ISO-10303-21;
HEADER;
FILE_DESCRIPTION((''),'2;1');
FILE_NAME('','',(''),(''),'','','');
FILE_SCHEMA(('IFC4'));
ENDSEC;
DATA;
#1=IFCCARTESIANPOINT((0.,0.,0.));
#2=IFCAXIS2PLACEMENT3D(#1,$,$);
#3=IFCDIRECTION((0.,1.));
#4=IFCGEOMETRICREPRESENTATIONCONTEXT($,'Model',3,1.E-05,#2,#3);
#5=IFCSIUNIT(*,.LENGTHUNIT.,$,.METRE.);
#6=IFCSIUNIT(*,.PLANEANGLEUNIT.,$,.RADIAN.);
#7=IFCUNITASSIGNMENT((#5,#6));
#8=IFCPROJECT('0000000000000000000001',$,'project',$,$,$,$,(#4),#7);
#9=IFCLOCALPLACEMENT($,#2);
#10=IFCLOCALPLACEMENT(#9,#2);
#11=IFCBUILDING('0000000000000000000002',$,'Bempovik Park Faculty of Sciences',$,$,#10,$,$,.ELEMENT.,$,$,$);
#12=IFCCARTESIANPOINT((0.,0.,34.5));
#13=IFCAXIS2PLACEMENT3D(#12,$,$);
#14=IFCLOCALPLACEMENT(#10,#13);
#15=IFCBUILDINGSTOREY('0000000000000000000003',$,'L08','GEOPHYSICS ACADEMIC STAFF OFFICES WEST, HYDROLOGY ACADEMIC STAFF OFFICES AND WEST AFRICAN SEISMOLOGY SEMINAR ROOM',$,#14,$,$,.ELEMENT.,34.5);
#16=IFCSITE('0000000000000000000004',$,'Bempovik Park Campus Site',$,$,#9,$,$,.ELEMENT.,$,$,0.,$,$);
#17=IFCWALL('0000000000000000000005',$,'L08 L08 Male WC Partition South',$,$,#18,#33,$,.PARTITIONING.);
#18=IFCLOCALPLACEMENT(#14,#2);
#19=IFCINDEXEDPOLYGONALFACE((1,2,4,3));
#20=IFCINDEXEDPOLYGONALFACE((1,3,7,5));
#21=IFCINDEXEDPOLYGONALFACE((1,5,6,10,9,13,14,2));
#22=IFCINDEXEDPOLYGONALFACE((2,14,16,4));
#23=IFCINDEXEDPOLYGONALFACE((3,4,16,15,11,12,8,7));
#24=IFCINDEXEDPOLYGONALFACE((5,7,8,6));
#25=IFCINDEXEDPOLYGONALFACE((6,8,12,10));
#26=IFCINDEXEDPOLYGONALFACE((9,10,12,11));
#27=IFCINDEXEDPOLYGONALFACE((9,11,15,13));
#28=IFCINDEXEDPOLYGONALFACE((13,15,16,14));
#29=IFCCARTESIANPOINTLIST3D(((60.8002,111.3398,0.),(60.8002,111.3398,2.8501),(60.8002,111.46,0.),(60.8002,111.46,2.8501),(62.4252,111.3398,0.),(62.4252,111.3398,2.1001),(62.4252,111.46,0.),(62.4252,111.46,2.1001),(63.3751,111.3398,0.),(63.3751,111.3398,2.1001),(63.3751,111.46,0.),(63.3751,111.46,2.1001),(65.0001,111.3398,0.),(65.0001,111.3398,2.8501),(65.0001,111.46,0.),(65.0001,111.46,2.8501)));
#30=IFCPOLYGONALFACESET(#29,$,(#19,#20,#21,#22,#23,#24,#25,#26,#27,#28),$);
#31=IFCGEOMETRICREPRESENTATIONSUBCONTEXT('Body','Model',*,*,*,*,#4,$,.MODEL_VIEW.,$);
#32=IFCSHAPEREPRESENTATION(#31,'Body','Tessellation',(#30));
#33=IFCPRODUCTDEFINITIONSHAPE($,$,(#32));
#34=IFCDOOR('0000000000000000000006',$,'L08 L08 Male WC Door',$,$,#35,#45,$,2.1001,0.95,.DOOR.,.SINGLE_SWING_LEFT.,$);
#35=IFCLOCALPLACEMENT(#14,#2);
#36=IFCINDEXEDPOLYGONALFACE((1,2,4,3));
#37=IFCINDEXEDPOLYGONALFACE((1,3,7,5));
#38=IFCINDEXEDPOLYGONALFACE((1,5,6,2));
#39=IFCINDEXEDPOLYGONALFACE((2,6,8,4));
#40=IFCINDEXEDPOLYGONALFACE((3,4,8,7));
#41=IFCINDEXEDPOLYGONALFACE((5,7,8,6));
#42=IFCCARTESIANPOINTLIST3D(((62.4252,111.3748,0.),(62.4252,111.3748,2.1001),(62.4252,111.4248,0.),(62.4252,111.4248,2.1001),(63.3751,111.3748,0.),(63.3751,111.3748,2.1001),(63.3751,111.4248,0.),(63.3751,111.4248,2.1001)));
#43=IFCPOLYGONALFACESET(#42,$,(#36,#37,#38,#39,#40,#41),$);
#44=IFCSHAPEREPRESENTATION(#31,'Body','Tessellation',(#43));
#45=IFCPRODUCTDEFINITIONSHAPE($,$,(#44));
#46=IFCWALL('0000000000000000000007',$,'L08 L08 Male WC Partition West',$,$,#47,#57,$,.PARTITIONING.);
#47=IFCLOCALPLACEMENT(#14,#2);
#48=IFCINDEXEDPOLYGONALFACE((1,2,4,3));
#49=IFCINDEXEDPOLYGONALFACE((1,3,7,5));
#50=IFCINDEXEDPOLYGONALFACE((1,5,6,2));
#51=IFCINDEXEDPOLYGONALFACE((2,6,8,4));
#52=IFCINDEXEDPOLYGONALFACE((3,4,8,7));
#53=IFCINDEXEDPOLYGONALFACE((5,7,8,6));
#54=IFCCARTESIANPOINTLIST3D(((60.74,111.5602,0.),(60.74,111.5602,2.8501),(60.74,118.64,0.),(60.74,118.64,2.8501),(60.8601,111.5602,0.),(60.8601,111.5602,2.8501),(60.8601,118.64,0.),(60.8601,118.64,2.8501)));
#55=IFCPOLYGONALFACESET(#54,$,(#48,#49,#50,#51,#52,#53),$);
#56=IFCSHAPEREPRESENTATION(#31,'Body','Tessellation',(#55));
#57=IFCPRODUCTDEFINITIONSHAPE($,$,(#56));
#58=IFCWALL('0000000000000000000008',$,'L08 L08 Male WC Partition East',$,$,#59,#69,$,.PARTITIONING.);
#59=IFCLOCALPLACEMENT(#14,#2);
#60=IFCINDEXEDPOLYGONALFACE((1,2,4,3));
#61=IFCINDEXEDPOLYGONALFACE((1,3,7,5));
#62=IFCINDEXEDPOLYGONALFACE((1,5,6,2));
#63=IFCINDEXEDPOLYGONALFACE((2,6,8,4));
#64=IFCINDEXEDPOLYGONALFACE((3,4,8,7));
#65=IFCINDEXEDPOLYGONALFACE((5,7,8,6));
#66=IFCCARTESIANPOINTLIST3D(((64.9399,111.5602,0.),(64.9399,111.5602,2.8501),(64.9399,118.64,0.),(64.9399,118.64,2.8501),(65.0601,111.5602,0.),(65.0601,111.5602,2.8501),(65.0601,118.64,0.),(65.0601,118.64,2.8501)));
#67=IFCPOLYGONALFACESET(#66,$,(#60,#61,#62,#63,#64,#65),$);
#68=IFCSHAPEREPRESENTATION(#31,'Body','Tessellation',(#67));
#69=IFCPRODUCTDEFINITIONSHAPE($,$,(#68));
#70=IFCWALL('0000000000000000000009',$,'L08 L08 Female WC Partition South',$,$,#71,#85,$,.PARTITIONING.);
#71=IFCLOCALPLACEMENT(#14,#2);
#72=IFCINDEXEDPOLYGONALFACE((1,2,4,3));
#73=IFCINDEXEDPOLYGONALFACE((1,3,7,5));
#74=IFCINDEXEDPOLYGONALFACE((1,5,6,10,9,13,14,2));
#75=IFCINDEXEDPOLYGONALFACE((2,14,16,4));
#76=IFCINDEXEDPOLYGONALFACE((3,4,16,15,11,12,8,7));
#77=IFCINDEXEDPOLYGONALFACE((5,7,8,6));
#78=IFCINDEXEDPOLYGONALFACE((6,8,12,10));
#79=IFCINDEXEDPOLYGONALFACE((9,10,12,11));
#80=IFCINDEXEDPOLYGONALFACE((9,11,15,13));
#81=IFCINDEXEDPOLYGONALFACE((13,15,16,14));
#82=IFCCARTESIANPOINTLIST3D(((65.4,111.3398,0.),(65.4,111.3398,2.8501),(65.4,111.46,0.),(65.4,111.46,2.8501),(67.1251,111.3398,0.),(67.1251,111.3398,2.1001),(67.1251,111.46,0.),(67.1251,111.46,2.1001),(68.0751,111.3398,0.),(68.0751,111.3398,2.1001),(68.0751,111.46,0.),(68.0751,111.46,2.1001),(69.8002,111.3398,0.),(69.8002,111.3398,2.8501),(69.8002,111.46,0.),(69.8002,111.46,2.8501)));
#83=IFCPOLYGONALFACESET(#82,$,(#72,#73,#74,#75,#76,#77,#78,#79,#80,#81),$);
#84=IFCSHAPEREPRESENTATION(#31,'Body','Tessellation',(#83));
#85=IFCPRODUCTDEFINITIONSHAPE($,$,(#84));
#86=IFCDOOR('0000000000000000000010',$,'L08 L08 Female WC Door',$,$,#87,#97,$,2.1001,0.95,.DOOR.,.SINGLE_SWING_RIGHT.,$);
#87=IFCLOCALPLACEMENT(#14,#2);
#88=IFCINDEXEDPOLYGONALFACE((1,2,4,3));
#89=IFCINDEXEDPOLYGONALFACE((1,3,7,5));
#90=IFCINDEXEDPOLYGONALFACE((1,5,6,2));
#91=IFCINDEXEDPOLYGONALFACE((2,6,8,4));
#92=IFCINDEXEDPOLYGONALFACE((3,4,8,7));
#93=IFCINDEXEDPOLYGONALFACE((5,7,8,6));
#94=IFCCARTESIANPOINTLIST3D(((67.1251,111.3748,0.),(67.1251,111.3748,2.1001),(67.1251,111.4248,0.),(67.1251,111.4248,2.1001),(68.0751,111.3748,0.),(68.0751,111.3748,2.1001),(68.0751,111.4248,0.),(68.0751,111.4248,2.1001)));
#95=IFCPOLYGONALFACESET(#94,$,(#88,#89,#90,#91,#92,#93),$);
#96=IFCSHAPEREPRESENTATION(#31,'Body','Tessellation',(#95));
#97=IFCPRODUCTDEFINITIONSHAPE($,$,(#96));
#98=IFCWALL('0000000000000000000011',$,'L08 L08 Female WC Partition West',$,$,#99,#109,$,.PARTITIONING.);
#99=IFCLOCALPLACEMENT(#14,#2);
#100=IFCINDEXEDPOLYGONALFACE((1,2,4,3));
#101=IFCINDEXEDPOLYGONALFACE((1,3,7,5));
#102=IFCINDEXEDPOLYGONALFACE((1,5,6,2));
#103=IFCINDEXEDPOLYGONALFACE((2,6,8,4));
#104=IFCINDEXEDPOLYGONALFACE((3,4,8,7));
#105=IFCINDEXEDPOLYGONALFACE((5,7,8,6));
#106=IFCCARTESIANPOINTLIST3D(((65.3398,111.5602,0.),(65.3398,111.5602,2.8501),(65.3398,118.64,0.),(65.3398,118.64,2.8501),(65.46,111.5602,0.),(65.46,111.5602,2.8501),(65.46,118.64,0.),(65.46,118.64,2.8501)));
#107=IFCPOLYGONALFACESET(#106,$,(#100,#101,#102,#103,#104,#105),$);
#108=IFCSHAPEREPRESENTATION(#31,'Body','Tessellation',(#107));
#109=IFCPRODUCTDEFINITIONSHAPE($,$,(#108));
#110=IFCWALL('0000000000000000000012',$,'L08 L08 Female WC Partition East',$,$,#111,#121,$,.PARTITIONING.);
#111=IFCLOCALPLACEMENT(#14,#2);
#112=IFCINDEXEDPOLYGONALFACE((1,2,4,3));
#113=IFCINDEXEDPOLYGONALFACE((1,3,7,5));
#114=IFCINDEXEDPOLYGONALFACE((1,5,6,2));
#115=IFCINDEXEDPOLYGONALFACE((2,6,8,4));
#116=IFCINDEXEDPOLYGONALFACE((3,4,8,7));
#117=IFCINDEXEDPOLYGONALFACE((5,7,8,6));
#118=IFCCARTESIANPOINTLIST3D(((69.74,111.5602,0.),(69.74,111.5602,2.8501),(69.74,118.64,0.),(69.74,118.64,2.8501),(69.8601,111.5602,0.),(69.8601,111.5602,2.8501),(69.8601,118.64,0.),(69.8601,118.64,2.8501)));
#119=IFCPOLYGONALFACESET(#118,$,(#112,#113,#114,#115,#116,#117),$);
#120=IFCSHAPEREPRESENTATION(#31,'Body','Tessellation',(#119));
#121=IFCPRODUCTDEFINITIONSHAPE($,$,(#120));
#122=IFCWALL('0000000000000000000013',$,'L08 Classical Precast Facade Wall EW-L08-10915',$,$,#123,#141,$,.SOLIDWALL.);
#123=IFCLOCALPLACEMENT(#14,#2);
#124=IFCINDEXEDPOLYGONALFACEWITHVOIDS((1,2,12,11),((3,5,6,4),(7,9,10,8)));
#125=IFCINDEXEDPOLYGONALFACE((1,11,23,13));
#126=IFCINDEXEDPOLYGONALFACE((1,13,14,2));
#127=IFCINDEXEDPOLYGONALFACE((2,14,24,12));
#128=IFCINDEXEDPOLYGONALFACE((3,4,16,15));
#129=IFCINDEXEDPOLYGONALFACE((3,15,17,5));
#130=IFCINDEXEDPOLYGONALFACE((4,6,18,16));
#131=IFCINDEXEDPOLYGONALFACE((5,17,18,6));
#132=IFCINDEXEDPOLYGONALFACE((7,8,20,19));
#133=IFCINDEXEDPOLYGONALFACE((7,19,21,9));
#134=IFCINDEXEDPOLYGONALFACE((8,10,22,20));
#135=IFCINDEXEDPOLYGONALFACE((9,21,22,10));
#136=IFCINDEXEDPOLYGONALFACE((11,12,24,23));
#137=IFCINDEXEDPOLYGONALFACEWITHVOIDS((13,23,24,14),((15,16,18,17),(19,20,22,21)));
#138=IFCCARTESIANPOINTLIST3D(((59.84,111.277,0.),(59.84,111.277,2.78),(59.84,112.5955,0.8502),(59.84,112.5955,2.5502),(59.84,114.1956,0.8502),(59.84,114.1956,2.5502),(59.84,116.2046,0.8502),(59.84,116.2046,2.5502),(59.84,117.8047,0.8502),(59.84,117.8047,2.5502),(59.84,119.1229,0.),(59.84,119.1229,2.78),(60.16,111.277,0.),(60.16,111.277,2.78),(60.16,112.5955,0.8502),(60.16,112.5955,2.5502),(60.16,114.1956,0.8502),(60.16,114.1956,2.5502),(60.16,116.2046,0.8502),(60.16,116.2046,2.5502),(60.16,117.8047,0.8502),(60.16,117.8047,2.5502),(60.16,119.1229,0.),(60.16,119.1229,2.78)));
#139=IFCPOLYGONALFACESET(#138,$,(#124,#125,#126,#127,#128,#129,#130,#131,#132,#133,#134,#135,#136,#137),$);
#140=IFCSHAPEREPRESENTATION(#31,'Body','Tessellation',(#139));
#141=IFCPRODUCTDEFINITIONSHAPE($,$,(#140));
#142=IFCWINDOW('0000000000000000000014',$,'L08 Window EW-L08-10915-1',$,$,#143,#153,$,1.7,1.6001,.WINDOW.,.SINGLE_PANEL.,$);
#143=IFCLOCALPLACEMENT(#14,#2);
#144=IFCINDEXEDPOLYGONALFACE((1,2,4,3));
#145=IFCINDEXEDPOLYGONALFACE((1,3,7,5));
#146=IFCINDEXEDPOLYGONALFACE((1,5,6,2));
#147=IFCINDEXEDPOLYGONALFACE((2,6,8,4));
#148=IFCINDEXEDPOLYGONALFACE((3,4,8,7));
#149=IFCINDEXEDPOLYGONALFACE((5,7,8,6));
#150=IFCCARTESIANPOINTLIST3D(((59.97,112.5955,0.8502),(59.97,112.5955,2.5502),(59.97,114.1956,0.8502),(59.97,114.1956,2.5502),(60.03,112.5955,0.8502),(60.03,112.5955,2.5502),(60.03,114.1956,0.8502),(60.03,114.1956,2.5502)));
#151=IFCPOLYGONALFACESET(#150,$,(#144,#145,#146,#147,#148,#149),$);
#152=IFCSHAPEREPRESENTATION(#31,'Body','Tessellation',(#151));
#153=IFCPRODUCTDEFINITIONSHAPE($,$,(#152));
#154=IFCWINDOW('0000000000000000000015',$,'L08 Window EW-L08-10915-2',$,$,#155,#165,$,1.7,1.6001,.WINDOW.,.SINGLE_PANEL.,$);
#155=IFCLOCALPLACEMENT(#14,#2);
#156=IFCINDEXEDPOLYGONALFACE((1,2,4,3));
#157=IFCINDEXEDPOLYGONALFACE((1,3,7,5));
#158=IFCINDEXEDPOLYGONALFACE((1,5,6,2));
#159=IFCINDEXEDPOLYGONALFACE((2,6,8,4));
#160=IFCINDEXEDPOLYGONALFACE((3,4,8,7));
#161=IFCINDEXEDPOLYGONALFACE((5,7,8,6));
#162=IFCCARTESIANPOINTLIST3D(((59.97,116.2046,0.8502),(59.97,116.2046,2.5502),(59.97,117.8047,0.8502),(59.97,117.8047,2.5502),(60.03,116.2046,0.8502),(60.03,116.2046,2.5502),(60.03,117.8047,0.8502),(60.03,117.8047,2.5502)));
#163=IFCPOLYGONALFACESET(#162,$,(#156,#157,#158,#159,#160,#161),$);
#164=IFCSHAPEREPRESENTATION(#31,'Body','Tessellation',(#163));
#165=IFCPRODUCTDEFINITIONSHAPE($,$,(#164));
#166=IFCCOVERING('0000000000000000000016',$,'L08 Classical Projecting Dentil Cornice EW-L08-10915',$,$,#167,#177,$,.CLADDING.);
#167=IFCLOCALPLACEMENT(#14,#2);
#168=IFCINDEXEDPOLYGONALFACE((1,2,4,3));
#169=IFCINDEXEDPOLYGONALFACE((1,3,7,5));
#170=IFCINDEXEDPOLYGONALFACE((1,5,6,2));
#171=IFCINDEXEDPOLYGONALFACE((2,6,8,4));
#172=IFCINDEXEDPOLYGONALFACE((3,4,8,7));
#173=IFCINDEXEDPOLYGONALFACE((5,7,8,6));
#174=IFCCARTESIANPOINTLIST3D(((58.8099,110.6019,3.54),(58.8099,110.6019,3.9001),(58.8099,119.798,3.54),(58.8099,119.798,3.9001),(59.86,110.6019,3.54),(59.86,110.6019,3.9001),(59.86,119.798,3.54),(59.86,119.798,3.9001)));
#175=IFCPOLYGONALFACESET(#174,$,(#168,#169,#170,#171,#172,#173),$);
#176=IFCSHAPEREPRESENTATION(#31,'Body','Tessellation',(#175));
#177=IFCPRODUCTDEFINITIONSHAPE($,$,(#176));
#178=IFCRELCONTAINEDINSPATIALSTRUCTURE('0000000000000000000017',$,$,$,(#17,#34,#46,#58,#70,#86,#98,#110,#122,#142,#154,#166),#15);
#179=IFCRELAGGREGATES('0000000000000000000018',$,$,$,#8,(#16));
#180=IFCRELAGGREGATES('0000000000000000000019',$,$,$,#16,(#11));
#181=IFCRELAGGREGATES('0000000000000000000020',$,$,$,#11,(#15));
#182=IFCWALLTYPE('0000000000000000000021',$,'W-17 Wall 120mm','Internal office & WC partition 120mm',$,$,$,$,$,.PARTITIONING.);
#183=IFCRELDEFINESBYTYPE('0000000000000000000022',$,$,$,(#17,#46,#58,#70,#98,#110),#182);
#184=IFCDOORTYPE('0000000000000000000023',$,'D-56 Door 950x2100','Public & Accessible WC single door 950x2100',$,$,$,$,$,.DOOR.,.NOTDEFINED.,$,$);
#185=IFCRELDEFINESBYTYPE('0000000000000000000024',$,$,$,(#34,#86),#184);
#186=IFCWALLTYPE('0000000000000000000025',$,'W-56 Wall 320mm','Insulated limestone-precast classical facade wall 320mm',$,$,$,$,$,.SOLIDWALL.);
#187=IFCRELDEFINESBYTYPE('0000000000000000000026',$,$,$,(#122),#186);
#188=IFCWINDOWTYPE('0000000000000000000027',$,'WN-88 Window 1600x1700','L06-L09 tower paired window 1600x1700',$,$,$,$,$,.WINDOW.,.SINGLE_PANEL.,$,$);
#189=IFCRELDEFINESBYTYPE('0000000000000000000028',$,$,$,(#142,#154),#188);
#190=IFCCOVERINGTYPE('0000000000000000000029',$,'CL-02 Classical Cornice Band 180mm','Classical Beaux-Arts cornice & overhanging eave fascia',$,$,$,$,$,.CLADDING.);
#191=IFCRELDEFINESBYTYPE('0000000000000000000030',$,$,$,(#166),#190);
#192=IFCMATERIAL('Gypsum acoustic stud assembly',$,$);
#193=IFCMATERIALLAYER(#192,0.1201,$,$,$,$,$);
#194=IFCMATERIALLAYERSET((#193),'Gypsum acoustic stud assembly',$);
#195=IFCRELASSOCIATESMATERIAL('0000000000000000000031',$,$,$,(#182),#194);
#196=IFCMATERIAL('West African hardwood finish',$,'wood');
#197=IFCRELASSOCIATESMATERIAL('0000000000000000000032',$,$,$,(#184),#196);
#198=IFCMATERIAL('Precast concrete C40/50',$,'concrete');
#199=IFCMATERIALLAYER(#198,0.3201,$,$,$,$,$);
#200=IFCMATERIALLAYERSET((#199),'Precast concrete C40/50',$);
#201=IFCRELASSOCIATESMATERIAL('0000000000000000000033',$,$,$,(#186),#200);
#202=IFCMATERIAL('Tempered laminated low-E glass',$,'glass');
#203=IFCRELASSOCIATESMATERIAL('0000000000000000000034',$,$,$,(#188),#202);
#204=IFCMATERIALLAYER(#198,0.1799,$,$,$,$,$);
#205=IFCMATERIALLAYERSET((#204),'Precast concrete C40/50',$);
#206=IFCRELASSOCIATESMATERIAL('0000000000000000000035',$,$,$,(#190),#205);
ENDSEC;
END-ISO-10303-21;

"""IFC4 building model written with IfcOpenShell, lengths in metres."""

from ifc_helpers import new_model, si_unit, direction, frame, frame_2d, origin, origin_2d, place, context, subcontext, project, spatial, rectangle, extrude, material, layer, layer_set, type_object, element, fill, save


model = new_model("IFC4")

# Units and contexts
model_context = context("Model", 3, precision=1e-05, world=origin(), true_north=direction((0.0, 1.0)))
body_context = subcontext(model_context, "Body", "Model", "MODEL_VIEW")
ifc_project = project(units=[si_unit("LENGTHUNIT", "METRE"), si_unit("PLANEANGLEUNIT", "RADIAN")], contexts=[model_context])

# Site, building, storey
site_placement = place(None, origin())
site = spatial("IfcSite", under=ifc_project, at=site_placement, Name="Bempovik Park Campus Site", CompositionType="ELEMENT", RefElevation=0.0)
building_placement = place(site_placement, origin())
building = spatial("IfcBuilding", under=site, at=building_placement, Name="Bempovik Park Faculty of Sciences", CompositionType="ELEMENT")
storey_placement = place(building_placement, frame((0.0, 0.0, 34.5)))
storey = spatial("IfcBuildingStorey", under=building, at=storey_placement, Name="L08", Description="GEOPHYSICS ACADEMIC STAFF OFFICES WEST, HYDROLOGY ACADEMIC STAFF OFFICES AND WEST AFRICAN SEISMOLOGY SEMINAR ROOM", CompositionType="ELEMENT", Elevation=34.5)

# Wall, opening, door
ifc_material_1 = material(Name="Gypsum acoustic stud assembly")
ifc_layer_1 = layer(ifc_material_1, 0.1201)
ifc_layer_set_1 = layer_set([ifc_layer_1], Name="Gypsum acoustic stud assembly")
wall_type_1 = type_object("IfcWallType", Name="W-17 Wall 120mm", Description="Internal office & WC partition 120mm", PredefinedType="PARTITIONING", material=ifc_layer_set_1)
wall_1_placement = place(storey_placement, frame((60.8, 111.3999, 0.0), z_axis=(0.0, 0.0, 1.0), x_axis=(1.0, 0.0, 0.0)))
wall_1 = element("IfcWall", 1, at=wall_1_placement, inside=storey, type_object=wall_type_1, Name="L08 L08 Male WC Partition South", PredefinedType="PARTITIONING", context=body_context, shape_type="SweptSolid", body=[
    extrude(rectangle(XDim=4.2, YDim=0.1201, at=frame_2d((2.1001, 0.0))), origin(), (0.0, 0.0, 1.0), 2.8501),
])
opening_1_placement = place(wall_1_placement, frame((1.625, 0.0, 0.0)))
opening_1 = element("IfcOpeningElement", 2, at=opening_1_placement, cuts=wall_1, PredefinedType="OPENING", context=body_context, shape_type="SweptSolid", body=[
    extrude(rectangle(XDim=0.95, YDim=2.1001, at=frame_2d((0.4751, 1.05))), frame((0.0, 0.0701, 0.0), z_axis=(0.0, -1.0, 0.0), x_axis=(1.0, 0.0, 0.0)), (0.0, 0.0, 1.0), 0.1401),
])
ifc_material_2 = material(Name="West African hardwood finish", Category="wood")
door_type_1 = type_object("IfcDoorType", Name="D-56 Door 950x2100", Description="Public & Accessible WC single door 950x2100", OperationType="NOTDEFINED", PredefinedType="DOOR", material=ifc_material_2)
door_1_placement = place(opening_1_placement, origin())
door_1 = element("IfcDoor", 3, at=door_1_placement, inside=storey, type_object=door_type_1, Name="L08 L08 Male WC Door", OperationType="SINGLE_SWING_LEFT", OverallHeight=2.1001, OverallWidth=0.95, PredefinedType="DOOR", context=body_context, shape_type="SweptSolid", body=[
    extrude(rectangle(XDim=0.95, YDim=2.1001, at=frame_2d((0.4751, 1.05))), frame((0.0, 0.0249, 0.0), z_axis=(0.0, -1.0, 0.0), x_axis=(1.0, 0.0, 0.0)), (0.0, 0.0, 1.0), 0.05),
])
fill(opening_1, door_1)

# Walls
for number, where, z_axis, x_axis, name in (
    (4, (60.8, 111.5601, 0.0), (0.0, 0.0, 1.0), (0.0, 1.0, 0.0), "L08 L08 Male WC Partition West"),
    (5, (65.0, 111.5601, 0.0), (0.0, 0.0, 1.0), (0.0, 1.0, 0.0), "L08 L08 Male WC Partition East"),
):
    element("IfcWall", number, at=place(storey_placement, frame(where, z_axis=z_axis, x_axis=x_axis)), inside=storey, type_object=wall_type_1, Name=name, PredefinedType="PARTITIONING", context=body_context, shape_type="SweptSolid", body=[
        extrude(rectangle(XDim=7.0798, YDim=0.1201, at=frame_2d((3.54, 0.0))), origin(), (0.0, 0.0, 1.0), 2.8501),
    ])

# Wall, opening, door
wall_2_placement = place(storey_placement, frame((65.3999, 111.3999, 0.0), z_axis=(0.0, 0.0, 1.0), x_axis=(1.0, 0.0, 0.0)))
wall_2 = element("IfcWall", 6, at=wall_2_placement, inside=storey, type_object=wall_type_1, Name="L08 L08 Female WC Partition South", PredefinedType="PARTITIONING", context=body_context, shape_type="SweptSolid", body=[
    extrude(rectangle(XDim=4.4001, YDim=0.1201, at=frame_2d((2.2002, 0.0))), origin(), (0.0, 0.0, 1.0), 2.8501),
])
opening_2_placement = place(wall_2_placement, frame((1.7251, 0.0, 0.0)))
opening_2 = element("IfcOpeningElement", 7, at=opening_2_placement, cuts=wall_2, PredefinedType="OPENING", context=body_context, shape_type="SweptSolid", body=[
    extrude(rectangle(XDim=0.95, YDim=2.1001, at=frame_2d((0.4751, 1.05))), frame((0.0, 0.0701, 0.0), z_axis=(0.0, -1.0, 0.0), x_axis=(1.0, 0.0, 0.0)), (0.0, 0.0, 1.0), 0.1401),
])
door_2_placement = place(opening_2_placement, origin())
door_2 = element("IfcDoor", 8, at=door_2_placement, inside=storey, type_object=door_type_1, Name="L08 L08 Female WC Door", OperationType="SINGLE_SWING_RIGHT", OverallHeight=2.1001, OverallWidth=0.95, PredefinedType="DOOR", context=body_context, shape_type="SweptSolid", body=[
    extrude(rectangle(XDim=0.95, YDim=2.1001, at=frame_2d((0.4751, 1.05))), frame((0.0, 0.0249, 0.0), z_axis=(0.0, -1.0, 0.0), x_axis=(1.0, 0.0, 0.0)), (0.0, 0.0, 1.0), 0.05),
])
fill(opening_2, door_2)

# Walls
for number, where, z_axis, x_axis, name in (
    (9, (65.3999, 111.5601, 0.0), (0.0, 0.0, 1.0), (0.0, 1.0, 0.0), "L08 L08 Female WC Partition West"),
    (10, (69.8, 111.5601, 0.0), (0.0, 0.0, 1.0), (0.0, 1.0, 0.0), "L08 L08 Female WC Partition East"),
):
    element("IfcWall", number, at=place(storey_placement, frame(where, z_axis=z_axis, x_axis=x_axis)), inside=storey, type_object=wall_type_1, Name=name, PredefinedType="PARTITIONING", context=body_context, shape_type="SweptSolid", body=[
        extrude(rectangle(XDim=7.0798, YDim=0.1201, at=frame_2d((3.54, 0.0))), origin(), (0.0, 0.0, 1.0), 2.8501),
    ])

# Wall, openings, windows
ifc_material_3 = material(Name="Precast concrete C40/50", Category="concrete")
ifc_layer_2 = layer(ifc_material_3, 0.3201)
ifc_layer_set_2 = layer_set([ifc_layer_2], Name="Precast concrete C40/50")
wall_type_2 = type_object("IfcWallType", Name="W-56 Wall 320mm", Description="Insulated limestone-precast classical facade wall 320mm", PredefinedType="SOLIDWALL", material=ifc_layer_set_2)
wall_3_placement = place(storey_placement, frame((60.0, 111.2771, 0.0), z_axis=(0.0, 0.0, 1.0), x_axis=(0.0, 1.0, 0.0)))
wall_3 = element("IfcWall", 11, at=wall_3_placement, inside=storey, type_object=wall_type_2, Name="L08 Classical Precast Facade Wall EW-L08-10915", PredefinedType="SOLIDWALL", context=body_context, shape_type="SweptSolid", body=[
    extrude(rectangle(XDim=7.8459, YDim=0.3201, at=frame_2d((3.9229, 0.0))), origin(), (0.0, 0.0, 1.0), 2.78),
])
opening_3_placement = place(wall_3_placement, frame((1.3184, 0.0, 0.8501)))
opening_3 = element("IfcOpeningElement", 12, at=opening_3_placement, cuts=wall_3, PredefinedType="OPENING", context=body_context, shape_type="SweptSolid", body=[
    extrude(rectangle(XDim=1.6001, YDim=1.7, at=frame_2d((0.8, 0.8501))), frame((0.0, 0.1699, 0.0), z_axis=(0.0, -1.0, 0.0), x_axis=(1.0, 0.0, 0.0)), (0.0, 0.0, 1.0), 0.3401),
])
opening_4_placement = place(wall_3_placement, frame((4.9275, 0.0, 0.8501)))
opening_4 = element("IfcOpeningElement", 13, at=opening_4_placement, cuts=wall_3, PredefinedType="OPENING", context=body_context, shape_type="SweptSolid", body=[
    extrude(rectangle(XDim=1.6001, YDim=1.7, at=frame_2d((0.8, 0.8501))), frame((0.0, 0.1699, 0.0), z_axis=(0.0, -1.0, 0.0), x_axis=(1.0, 0.0, 0.0)), (0.0, 0.0, 1.0), 0.3401),
])
ifc_material_4 = material(Name="Tempered laminated low-E glass", Category="glass")
window_type = type_object("IfcWindowType", Name="WN-88 Window 1600x1700", Description="L06-L09 tower paired window 1600x1700", PartitioningType="SINGLE_PANEL", PredefinedType="WINDOW", material=ifc_material_4)
window_1_placement = place(opening_3_placement, origin())
window_1 = element("IfcWindow", 14, at=window_1_placement, inside=storey, type_object=window_type, Name="L08 Window EW-L08-10915-1", OverallHeight=1.7, OverallWidth=1.6001, PartitioningType="SINGLE_PANEL", PredefinedType="WINDOW", context=body_context, shape_type="SweptSolid", body=[
    extrude(rectangle(XDim=1.6001, YDim=1.7, at=frame_2d((0.8, 0.8501))), frame((0.0, 0.03, 0.0), z_axis=(0.0, -1.0, 0.0), x_axis=(1.0, 0.0, 0.0)), (0.0, 0.0, 1.0), 0.0601),
])
fill(opening_3, window_1)
window_2_placement = place(opening_4_placement, origin())
window_2 = element("IfcWindow", 15, at=window_2_placement, inside=storey, type_object=window_type, Name="L08 Window EW-L08-10915-2", OverallHeight=1.7, OverallWidth=1.6001, PartitioningType="SINGLE_PANEL", PredefinedType="WINDOW", context=body_context, shape_type="SweptSolid", body=[
    extrude(rectangle(XDim=1.6001, YDim=1.7, at=frame_2d((0.8, 0.8501))), frame((0.0, 0.03, 0.0), z_axis=(0.0, -1.0, 0.0), x_axis=(1.0, 0.0, 0.0)), (0.0, 0.0, 1.0), 0.0601),
])
fill(opening_4, window_2)

# Covering
ifc_layer_3 = layer(ifc_material_3, 0.1799)
ifc_layer_set_3 = layer_set([ifc_layer_3], Name="Precast concrete C40/50")
covering_type_1 = type_object("IfcCoveringType", Name="CL-02 Classical Cornice Band 180mm", Description="Classical Beaux-Arts cornice & overhanging eave fascia", PredefinedType="CLADDING", material=ifc_layer_set_3)
covering_1_placement = place(storey_placement, frame((59.335, 115.2, 3.54), z_axis=(0.0, 0.0, 1.0), x_axis=(1.0, 0.0, 0.0)))
element("IfcCovering", 16, at=covering_1_placement, inside=storey, type_object=covering_type_1, Name="L08 Classical Projecting Dentil Cornice EW-L08-10915", PredefinedType="CLADDING", context=body_context, shape_type="SweptSolid", body=[
    extrude(rectangle(XDim=1.05, YDim=9.196, at=origin_2d()), origin(), (0.0, 0.0, 1.0), 0.3601),
])

save(model, "model.ifc")
